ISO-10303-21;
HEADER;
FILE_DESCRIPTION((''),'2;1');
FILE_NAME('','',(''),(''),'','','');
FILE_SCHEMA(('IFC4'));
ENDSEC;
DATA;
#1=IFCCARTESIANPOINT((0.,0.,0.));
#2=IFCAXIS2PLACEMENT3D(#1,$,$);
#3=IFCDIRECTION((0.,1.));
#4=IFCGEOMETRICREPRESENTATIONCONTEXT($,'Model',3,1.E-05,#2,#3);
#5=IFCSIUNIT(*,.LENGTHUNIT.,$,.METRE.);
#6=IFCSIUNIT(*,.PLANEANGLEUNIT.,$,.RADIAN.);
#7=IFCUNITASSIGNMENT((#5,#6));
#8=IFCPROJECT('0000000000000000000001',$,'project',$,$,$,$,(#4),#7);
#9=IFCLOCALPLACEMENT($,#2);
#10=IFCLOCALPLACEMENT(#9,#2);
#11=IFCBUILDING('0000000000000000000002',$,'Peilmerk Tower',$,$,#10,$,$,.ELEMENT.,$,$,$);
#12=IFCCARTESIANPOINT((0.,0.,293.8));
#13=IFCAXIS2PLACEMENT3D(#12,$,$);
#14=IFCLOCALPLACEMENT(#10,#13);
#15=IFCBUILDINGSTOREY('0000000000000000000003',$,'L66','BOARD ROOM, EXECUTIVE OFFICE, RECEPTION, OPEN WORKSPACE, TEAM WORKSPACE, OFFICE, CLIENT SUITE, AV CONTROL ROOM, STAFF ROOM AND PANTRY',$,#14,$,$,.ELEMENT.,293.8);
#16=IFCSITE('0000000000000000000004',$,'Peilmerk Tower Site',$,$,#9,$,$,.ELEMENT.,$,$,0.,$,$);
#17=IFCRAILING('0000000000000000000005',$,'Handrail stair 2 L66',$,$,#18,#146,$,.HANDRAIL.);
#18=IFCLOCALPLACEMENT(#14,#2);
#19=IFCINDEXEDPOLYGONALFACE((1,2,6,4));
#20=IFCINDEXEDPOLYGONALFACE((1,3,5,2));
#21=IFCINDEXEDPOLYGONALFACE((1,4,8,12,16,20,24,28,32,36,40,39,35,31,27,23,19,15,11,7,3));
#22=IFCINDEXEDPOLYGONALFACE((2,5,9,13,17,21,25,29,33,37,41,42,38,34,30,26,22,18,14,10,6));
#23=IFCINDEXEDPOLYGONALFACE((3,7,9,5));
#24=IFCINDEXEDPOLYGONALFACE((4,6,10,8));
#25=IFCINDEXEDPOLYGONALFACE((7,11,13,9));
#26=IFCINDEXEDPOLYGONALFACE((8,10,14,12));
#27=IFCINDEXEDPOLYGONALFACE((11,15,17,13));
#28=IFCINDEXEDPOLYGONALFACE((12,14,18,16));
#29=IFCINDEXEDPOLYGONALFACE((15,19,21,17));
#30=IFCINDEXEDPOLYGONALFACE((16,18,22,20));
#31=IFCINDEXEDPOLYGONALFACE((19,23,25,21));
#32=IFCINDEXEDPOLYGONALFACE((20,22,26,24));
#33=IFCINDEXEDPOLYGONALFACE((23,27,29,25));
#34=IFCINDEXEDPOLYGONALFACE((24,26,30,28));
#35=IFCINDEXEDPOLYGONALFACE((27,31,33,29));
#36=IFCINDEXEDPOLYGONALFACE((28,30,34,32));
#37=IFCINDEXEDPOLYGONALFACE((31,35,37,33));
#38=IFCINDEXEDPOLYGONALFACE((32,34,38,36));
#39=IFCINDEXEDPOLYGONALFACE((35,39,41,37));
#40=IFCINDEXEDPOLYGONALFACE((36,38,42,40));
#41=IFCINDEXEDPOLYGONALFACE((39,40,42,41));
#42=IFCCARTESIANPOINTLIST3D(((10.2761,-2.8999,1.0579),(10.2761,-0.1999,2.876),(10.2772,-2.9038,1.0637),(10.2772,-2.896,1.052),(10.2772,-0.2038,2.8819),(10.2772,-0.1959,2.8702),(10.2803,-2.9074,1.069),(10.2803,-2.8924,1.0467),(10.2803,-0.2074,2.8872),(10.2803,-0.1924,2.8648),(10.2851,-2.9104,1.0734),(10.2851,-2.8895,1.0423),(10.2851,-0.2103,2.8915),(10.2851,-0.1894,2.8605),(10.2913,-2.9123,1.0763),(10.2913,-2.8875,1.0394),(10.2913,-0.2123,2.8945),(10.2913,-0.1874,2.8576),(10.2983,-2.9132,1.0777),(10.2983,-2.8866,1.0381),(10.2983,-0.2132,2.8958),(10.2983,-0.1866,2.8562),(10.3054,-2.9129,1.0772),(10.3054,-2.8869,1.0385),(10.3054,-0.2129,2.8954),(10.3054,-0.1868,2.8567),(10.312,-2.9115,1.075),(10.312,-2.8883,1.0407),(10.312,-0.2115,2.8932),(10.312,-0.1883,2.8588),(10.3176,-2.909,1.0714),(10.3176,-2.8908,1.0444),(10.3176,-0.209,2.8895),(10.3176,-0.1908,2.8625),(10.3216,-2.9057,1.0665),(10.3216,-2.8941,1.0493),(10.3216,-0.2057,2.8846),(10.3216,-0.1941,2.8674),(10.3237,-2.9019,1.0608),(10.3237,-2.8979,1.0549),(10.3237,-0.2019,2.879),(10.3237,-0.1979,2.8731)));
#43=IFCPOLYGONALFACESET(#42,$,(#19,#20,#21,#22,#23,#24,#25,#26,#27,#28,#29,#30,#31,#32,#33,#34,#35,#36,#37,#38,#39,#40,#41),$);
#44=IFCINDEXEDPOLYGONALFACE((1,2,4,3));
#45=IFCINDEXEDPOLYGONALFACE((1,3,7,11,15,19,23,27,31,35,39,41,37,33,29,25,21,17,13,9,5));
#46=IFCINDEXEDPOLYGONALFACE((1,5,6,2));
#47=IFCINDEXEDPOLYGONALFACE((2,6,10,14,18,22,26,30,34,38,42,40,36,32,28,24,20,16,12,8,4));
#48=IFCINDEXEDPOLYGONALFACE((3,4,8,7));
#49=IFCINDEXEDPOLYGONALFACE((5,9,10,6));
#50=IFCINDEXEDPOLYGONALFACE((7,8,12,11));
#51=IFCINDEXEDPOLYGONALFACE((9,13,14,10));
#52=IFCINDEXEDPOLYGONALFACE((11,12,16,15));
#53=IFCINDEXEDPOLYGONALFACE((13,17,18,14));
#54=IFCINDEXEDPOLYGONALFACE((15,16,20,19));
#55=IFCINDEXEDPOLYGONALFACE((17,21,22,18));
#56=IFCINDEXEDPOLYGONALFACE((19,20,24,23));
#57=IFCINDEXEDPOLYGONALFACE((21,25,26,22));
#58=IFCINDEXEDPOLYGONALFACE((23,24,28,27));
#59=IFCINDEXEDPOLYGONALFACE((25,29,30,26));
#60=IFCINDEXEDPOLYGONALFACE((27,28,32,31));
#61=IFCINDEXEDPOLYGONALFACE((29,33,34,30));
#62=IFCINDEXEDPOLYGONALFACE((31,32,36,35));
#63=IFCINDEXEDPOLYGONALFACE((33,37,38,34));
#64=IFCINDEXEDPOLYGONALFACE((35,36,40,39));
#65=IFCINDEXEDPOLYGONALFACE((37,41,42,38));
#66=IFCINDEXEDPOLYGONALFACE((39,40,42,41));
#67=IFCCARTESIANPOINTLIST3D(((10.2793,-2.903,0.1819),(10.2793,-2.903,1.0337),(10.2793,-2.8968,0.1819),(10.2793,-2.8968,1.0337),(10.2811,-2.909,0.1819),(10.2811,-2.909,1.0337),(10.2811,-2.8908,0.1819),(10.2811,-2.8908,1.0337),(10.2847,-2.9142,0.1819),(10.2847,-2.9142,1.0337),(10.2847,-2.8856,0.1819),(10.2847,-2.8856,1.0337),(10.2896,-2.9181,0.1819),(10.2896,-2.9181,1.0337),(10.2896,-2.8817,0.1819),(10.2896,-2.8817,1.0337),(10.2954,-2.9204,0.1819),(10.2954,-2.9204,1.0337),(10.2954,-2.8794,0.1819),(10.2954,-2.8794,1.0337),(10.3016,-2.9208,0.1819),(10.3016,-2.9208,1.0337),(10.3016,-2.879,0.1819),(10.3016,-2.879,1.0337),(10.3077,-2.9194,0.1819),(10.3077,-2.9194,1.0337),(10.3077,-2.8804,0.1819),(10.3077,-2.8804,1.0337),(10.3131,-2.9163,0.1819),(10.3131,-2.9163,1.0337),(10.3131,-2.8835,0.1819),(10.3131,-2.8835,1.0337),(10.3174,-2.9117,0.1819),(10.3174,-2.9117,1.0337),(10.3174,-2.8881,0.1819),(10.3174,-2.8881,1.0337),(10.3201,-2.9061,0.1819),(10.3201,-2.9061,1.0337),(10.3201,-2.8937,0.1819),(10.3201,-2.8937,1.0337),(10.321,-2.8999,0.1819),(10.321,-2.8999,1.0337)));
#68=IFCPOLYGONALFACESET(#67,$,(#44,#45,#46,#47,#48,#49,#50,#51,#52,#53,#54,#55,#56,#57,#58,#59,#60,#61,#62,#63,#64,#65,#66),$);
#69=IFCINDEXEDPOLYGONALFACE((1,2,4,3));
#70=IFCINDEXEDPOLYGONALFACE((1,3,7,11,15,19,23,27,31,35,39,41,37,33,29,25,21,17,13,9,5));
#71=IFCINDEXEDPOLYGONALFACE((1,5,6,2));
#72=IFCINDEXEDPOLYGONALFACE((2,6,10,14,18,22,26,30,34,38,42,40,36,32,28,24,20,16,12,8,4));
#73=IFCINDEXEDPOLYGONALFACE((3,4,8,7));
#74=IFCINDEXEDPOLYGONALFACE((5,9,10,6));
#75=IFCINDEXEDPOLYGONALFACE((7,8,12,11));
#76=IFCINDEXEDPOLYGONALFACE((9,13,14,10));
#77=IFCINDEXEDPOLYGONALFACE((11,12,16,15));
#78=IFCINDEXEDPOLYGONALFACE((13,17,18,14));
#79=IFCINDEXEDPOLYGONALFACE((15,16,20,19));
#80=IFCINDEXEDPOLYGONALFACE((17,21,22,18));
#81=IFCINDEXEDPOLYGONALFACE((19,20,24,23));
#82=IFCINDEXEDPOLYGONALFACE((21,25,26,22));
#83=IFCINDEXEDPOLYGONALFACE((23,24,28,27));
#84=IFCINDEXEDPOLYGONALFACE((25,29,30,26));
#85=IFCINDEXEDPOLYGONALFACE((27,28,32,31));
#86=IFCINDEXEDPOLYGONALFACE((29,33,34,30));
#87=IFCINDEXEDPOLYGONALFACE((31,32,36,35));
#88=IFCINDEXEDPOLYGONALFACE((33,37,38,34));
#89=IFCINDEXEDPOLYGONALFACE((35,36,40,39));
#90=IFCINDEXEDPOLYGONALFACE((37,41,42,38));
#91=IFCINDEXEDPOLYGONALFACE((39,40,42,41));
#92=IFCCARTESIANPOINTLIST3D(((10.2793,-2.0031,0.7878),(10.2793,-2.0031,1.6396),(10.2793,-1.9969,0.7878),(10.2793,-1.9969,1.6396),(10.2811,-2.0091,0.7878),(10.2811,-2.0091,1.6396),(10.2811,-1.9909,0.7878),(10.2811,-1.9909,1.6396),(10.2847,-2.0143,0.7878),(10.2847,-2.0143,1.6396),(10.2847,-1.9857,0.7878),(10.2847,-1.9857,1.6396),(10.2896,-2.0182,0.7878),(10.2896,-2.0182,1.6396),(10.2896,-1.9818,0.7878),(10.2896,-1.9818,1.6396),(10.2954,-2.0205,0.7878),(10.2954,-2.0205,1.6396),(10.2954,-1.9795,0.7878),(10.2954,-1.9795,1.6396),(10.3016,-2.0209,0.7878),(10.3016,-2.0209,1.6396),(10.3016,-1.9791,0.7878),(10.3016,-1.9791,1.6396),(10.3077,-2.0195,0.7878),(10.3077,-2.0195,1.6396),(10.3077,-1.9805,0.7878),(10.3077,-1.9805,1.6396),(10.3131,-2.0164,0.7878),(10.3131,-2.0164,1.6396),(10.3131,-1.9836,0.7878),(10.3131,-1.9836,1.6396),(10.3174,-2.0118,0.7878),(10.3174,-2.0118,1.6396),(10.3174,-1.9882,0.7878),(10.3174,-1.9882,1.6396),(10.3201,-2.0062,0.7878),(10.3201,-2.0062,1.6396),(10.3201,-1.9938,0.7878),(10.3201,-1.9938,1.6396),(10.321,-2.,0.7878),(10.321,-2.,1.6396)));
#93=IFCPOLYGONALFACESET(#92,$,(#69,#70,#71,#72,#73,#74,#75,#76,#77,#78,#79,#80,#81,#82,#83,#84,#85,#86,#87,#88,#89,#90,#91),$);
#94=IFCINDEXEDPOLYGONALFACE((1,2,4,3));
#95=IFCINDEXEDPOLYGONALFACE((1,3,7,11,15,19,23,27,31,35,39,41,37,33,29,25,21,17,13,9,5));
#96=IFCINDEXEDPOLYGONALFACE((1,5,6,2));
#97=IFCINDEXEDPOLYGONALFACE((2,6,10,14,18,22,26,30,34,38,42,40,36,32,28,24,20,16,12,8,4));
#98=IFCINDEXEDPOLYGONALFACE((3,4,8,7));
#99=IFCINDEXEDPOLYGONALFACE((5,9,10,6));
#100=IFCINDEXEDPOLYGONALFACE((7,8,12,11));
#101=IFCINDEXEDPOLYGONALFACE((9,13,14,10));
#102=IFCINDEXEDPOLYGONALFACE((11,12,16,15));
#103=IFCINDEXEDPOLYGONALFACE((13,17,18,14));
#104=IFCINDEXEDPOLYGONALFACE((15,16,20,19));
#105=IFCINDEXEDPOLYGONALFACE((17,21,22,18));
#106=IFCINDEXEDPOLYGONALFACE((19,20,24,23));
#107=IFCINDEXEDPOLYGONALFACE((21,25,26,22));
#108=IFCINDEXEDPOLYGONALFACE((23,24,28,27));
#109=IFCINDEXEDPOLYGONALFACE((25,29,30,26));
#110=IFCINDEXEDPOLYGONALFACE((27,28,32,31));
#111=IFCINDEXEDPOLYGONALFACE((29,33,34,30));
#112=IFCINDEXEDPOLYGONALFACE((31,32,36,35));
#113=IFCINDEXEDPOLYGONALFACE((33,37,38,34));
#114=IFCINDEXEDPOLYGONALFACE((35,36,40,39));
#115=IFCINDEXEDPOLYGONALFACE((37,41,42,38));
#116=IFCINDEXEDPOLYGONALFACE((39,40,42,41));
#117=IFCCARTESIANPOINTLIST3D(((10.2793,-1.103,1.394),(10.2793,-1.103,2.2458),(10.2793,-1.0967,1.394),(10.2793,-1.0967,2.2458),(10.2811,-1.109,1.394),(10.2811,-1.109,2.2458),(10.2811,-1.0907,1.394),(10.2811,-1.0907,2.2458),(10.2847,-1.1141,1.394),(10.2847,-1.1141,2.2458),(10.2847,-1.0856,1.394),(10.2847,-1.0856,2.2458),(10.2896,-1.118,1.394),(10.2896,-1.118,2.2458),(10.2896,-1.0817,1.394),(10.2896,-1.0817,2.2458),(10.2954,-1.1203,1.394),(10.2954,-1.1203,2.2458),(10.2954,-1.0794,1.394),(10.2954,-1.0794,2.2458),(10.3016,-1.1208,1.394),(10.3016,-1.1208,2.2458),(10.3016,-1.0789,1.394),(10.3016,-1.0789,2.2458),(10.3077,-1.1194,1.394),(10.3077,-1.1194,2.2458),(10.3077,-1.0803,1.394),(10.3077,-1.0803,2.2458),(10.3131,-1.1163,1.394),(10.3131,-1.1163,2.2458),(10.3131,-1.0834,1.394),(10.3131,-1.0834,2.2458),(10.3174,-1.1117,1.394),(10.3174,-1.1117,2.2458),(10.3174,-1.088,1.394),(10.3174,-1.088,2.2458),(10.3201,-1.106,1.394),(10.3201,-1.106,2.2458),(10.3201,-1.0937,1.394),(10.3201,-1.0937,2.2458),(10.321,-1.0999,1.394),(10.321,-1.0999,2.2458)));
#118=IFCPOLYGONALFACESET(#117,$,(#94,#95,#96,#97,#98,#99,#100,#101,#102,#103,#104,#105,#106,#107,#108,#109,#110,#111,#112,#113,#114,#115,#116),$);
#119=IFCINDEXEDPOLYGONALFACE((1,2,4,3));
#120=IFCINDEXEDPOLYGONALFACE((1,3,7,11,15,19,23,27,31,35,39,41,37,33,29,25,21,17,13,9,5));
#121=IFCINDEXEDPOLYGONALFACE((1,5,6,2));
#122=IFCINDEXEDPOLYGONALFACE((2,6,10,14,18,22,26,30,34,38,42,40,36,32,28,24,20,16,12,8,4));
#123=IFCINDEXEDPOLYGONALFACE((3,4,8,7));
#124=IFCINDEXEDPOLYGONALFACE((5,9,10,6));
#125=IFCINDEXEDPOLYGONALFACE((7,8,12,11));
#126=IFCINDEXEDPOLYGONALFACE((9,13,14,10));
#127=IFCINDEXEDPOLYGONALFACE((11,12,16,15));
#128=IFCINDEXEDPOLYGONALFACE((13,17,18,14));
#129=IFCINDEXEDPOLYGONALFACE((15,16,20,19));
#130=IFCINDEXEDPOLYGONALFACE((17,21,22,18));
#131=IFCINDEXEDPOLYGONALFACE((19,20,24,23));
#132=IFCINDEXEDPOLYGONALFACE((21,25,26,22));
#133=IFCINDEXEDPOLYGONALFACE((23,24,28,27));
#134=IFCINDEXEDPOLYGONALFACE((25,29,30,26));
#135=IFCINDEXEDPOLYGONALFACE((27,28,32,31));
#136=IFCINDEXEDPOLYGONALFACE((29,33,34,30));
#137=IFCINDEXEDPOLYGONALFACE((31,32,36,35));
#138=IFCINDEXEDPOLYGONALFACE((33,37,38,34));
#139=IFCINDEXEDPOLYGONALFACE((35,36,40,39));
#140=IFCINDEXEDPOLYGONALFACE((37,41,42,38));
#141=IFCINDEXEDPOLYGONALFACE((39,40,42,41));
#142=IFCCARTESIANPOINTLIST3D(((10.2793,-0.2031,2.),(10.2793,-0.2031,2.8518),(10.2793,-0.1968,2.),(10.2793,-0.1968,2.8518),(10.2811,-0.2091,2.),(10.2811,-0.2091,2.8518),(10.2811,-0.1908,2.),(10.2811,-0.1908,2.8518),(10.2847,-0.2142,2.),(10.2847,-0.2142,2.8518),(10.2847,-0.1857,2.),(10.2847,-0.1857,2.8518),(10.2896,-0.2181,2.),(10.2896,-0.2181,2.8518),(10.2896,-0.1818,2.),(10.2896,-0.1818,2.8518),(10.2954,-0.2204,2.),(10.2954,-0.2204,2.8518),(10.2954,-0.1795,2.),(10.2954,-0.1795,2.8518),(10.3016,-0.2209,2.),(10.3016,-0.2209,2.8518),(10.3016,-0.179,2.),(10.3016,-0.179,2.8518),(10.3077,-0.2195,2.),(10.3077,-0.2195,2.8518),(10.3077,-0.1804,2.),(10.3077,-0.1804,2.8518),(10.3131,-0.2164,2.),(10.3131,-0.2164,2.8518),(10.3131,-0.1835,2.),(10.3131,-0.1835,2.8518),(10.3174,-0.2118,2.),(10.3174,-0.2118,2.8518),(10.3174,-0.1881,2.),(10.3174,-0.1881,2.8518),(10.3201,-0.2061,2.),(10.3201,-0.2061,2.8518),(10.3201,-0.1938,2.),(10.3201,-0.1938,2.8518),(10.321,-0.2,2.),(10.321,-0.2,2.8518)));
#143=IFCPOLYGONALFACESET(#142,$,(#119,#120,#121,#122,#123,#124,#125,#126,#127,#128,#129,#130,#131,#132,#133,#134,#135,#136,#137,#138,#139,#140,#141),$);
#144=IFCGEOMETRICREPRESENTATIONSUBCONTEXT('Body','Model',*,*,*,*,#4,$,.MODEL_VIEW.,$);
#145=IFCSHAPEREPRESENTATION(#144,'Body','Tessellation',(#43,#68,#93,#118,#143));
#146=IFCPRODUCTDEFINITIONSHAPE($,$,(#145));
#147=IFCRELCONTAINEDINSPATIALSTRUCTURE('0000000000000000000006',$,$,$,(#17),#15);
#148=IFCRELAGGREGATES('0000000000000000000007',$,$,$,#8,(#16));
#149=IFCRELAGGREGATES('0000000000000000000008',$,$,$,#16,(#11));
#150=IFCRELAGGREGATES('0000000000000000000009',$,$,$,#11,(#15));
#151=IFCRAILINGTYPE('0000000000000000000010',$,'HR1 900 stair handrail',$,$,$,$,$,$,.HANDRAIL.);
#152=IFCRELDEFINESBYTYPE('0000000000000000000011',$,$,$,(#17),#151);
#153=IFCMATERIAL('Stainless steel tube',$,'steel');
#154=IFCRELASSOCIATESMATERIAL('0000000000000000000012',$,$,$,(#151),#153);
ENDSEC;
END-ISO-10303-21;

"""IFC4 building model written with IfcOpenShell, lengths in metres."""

from ifc_helpers import new_model, si_unit, direction, frame, origin, origin_2d, place, context, subcontext, project, spatial, circle, extrude, material, type_object, element, save


model = new_model("IFC4")

# Units and contexts
model_context = context("Model", 3, precision=1e-05, world=origin(), true_north=direction((0.0, 1.0)))
body_context = subcontext(model_context, "Body", "Model", "MODEL_VIEW")
ifc_project = project(units=[si_unit("LENGTHUNIT", "METRE"), si_unit("PLANEANGLEUNIT", "RADIAN")], contexts=[model_context])

# Site, building, storey
site_placement = place(None, origin())
site = spatial("IfcSite", under=ifc_project, at=site_placement, Name="Peilmerk Tower Site", CompositionType="ELEMENT", RefElevation=0.0)
building_placement = place(site_placement, origin())
building = spatial("IfcBuilding", under=site, at=building_placement, Name="Peilmerk Tower", CompositionType="ELEMENT")
storey_placement = place(building_placement, frame((0.0, 0.0, 293.8)))
storey = spatial("IfcBuildingStorey", under=building, at=storey_placement, Name="L66", Description="BOARD ROOM, EXECUTIVE OFFICE, RECEPTION, OPEN WORKSPACE, TEAM WORKSPACE, OFFICE, CLIENT SUITE, AV CONTROL ROOM, STAFF ROOM AND PANTRY", CompositionType="ELEMENT", Elevation=293.8)

# Railing
ifc_material_1 = material(Name="Stainless steel tube", Category="steel")
railing_type_1 = type_object("IfcRailingType", Name="HR1 900 stair handrail", PredefinedType="HANDRAIL", material=ifc_material_1)
railing_1_placement = place(storey_placement, frame((10.3, -2.8999, 0.1819)))
element("IfcRailing", 1, at=railing_1_placement, inside=storey, type_object=railing_type_1, Name="Handrail stair 2 L66", PredefinedType="HANDRAIL", context=body_context, shape_type="SweptSolid", body=[
    extrude(circle(Radius=0.0239, at=origin_2d()), frame((0.0, 0.0, 0.876), z_axis=(0.0, 0.829468, 0.558554), x_axis=(-1.0, 0.0, 0.0)), (0.0, 0.0, 1.0), 3.2551),
    extrude(circle(Radius=0.021, at=origin_2d()), origin(), (0.0, 0.0, 1.0), 0.8518),
    extrude(circle(Radius=0.021, at=origin_2d()), frame((0.0, 0.8999, 0.606)), (0.0, 0.0, 1.0), 0.8518),
    extrude(circle(Radius=0.021, at=origin_2d()), frame((0.0, 1.8, 1.2122)), (0.0, 0.0, 1.0), 0.8518),
    extrude(circle(Radius=0.021, at=origin_2d()), frame((0.0, 2.7, 1.8181)), (0.0, 0.0, 1.0), 0.8518),
])

save(model, "model.ifc")
